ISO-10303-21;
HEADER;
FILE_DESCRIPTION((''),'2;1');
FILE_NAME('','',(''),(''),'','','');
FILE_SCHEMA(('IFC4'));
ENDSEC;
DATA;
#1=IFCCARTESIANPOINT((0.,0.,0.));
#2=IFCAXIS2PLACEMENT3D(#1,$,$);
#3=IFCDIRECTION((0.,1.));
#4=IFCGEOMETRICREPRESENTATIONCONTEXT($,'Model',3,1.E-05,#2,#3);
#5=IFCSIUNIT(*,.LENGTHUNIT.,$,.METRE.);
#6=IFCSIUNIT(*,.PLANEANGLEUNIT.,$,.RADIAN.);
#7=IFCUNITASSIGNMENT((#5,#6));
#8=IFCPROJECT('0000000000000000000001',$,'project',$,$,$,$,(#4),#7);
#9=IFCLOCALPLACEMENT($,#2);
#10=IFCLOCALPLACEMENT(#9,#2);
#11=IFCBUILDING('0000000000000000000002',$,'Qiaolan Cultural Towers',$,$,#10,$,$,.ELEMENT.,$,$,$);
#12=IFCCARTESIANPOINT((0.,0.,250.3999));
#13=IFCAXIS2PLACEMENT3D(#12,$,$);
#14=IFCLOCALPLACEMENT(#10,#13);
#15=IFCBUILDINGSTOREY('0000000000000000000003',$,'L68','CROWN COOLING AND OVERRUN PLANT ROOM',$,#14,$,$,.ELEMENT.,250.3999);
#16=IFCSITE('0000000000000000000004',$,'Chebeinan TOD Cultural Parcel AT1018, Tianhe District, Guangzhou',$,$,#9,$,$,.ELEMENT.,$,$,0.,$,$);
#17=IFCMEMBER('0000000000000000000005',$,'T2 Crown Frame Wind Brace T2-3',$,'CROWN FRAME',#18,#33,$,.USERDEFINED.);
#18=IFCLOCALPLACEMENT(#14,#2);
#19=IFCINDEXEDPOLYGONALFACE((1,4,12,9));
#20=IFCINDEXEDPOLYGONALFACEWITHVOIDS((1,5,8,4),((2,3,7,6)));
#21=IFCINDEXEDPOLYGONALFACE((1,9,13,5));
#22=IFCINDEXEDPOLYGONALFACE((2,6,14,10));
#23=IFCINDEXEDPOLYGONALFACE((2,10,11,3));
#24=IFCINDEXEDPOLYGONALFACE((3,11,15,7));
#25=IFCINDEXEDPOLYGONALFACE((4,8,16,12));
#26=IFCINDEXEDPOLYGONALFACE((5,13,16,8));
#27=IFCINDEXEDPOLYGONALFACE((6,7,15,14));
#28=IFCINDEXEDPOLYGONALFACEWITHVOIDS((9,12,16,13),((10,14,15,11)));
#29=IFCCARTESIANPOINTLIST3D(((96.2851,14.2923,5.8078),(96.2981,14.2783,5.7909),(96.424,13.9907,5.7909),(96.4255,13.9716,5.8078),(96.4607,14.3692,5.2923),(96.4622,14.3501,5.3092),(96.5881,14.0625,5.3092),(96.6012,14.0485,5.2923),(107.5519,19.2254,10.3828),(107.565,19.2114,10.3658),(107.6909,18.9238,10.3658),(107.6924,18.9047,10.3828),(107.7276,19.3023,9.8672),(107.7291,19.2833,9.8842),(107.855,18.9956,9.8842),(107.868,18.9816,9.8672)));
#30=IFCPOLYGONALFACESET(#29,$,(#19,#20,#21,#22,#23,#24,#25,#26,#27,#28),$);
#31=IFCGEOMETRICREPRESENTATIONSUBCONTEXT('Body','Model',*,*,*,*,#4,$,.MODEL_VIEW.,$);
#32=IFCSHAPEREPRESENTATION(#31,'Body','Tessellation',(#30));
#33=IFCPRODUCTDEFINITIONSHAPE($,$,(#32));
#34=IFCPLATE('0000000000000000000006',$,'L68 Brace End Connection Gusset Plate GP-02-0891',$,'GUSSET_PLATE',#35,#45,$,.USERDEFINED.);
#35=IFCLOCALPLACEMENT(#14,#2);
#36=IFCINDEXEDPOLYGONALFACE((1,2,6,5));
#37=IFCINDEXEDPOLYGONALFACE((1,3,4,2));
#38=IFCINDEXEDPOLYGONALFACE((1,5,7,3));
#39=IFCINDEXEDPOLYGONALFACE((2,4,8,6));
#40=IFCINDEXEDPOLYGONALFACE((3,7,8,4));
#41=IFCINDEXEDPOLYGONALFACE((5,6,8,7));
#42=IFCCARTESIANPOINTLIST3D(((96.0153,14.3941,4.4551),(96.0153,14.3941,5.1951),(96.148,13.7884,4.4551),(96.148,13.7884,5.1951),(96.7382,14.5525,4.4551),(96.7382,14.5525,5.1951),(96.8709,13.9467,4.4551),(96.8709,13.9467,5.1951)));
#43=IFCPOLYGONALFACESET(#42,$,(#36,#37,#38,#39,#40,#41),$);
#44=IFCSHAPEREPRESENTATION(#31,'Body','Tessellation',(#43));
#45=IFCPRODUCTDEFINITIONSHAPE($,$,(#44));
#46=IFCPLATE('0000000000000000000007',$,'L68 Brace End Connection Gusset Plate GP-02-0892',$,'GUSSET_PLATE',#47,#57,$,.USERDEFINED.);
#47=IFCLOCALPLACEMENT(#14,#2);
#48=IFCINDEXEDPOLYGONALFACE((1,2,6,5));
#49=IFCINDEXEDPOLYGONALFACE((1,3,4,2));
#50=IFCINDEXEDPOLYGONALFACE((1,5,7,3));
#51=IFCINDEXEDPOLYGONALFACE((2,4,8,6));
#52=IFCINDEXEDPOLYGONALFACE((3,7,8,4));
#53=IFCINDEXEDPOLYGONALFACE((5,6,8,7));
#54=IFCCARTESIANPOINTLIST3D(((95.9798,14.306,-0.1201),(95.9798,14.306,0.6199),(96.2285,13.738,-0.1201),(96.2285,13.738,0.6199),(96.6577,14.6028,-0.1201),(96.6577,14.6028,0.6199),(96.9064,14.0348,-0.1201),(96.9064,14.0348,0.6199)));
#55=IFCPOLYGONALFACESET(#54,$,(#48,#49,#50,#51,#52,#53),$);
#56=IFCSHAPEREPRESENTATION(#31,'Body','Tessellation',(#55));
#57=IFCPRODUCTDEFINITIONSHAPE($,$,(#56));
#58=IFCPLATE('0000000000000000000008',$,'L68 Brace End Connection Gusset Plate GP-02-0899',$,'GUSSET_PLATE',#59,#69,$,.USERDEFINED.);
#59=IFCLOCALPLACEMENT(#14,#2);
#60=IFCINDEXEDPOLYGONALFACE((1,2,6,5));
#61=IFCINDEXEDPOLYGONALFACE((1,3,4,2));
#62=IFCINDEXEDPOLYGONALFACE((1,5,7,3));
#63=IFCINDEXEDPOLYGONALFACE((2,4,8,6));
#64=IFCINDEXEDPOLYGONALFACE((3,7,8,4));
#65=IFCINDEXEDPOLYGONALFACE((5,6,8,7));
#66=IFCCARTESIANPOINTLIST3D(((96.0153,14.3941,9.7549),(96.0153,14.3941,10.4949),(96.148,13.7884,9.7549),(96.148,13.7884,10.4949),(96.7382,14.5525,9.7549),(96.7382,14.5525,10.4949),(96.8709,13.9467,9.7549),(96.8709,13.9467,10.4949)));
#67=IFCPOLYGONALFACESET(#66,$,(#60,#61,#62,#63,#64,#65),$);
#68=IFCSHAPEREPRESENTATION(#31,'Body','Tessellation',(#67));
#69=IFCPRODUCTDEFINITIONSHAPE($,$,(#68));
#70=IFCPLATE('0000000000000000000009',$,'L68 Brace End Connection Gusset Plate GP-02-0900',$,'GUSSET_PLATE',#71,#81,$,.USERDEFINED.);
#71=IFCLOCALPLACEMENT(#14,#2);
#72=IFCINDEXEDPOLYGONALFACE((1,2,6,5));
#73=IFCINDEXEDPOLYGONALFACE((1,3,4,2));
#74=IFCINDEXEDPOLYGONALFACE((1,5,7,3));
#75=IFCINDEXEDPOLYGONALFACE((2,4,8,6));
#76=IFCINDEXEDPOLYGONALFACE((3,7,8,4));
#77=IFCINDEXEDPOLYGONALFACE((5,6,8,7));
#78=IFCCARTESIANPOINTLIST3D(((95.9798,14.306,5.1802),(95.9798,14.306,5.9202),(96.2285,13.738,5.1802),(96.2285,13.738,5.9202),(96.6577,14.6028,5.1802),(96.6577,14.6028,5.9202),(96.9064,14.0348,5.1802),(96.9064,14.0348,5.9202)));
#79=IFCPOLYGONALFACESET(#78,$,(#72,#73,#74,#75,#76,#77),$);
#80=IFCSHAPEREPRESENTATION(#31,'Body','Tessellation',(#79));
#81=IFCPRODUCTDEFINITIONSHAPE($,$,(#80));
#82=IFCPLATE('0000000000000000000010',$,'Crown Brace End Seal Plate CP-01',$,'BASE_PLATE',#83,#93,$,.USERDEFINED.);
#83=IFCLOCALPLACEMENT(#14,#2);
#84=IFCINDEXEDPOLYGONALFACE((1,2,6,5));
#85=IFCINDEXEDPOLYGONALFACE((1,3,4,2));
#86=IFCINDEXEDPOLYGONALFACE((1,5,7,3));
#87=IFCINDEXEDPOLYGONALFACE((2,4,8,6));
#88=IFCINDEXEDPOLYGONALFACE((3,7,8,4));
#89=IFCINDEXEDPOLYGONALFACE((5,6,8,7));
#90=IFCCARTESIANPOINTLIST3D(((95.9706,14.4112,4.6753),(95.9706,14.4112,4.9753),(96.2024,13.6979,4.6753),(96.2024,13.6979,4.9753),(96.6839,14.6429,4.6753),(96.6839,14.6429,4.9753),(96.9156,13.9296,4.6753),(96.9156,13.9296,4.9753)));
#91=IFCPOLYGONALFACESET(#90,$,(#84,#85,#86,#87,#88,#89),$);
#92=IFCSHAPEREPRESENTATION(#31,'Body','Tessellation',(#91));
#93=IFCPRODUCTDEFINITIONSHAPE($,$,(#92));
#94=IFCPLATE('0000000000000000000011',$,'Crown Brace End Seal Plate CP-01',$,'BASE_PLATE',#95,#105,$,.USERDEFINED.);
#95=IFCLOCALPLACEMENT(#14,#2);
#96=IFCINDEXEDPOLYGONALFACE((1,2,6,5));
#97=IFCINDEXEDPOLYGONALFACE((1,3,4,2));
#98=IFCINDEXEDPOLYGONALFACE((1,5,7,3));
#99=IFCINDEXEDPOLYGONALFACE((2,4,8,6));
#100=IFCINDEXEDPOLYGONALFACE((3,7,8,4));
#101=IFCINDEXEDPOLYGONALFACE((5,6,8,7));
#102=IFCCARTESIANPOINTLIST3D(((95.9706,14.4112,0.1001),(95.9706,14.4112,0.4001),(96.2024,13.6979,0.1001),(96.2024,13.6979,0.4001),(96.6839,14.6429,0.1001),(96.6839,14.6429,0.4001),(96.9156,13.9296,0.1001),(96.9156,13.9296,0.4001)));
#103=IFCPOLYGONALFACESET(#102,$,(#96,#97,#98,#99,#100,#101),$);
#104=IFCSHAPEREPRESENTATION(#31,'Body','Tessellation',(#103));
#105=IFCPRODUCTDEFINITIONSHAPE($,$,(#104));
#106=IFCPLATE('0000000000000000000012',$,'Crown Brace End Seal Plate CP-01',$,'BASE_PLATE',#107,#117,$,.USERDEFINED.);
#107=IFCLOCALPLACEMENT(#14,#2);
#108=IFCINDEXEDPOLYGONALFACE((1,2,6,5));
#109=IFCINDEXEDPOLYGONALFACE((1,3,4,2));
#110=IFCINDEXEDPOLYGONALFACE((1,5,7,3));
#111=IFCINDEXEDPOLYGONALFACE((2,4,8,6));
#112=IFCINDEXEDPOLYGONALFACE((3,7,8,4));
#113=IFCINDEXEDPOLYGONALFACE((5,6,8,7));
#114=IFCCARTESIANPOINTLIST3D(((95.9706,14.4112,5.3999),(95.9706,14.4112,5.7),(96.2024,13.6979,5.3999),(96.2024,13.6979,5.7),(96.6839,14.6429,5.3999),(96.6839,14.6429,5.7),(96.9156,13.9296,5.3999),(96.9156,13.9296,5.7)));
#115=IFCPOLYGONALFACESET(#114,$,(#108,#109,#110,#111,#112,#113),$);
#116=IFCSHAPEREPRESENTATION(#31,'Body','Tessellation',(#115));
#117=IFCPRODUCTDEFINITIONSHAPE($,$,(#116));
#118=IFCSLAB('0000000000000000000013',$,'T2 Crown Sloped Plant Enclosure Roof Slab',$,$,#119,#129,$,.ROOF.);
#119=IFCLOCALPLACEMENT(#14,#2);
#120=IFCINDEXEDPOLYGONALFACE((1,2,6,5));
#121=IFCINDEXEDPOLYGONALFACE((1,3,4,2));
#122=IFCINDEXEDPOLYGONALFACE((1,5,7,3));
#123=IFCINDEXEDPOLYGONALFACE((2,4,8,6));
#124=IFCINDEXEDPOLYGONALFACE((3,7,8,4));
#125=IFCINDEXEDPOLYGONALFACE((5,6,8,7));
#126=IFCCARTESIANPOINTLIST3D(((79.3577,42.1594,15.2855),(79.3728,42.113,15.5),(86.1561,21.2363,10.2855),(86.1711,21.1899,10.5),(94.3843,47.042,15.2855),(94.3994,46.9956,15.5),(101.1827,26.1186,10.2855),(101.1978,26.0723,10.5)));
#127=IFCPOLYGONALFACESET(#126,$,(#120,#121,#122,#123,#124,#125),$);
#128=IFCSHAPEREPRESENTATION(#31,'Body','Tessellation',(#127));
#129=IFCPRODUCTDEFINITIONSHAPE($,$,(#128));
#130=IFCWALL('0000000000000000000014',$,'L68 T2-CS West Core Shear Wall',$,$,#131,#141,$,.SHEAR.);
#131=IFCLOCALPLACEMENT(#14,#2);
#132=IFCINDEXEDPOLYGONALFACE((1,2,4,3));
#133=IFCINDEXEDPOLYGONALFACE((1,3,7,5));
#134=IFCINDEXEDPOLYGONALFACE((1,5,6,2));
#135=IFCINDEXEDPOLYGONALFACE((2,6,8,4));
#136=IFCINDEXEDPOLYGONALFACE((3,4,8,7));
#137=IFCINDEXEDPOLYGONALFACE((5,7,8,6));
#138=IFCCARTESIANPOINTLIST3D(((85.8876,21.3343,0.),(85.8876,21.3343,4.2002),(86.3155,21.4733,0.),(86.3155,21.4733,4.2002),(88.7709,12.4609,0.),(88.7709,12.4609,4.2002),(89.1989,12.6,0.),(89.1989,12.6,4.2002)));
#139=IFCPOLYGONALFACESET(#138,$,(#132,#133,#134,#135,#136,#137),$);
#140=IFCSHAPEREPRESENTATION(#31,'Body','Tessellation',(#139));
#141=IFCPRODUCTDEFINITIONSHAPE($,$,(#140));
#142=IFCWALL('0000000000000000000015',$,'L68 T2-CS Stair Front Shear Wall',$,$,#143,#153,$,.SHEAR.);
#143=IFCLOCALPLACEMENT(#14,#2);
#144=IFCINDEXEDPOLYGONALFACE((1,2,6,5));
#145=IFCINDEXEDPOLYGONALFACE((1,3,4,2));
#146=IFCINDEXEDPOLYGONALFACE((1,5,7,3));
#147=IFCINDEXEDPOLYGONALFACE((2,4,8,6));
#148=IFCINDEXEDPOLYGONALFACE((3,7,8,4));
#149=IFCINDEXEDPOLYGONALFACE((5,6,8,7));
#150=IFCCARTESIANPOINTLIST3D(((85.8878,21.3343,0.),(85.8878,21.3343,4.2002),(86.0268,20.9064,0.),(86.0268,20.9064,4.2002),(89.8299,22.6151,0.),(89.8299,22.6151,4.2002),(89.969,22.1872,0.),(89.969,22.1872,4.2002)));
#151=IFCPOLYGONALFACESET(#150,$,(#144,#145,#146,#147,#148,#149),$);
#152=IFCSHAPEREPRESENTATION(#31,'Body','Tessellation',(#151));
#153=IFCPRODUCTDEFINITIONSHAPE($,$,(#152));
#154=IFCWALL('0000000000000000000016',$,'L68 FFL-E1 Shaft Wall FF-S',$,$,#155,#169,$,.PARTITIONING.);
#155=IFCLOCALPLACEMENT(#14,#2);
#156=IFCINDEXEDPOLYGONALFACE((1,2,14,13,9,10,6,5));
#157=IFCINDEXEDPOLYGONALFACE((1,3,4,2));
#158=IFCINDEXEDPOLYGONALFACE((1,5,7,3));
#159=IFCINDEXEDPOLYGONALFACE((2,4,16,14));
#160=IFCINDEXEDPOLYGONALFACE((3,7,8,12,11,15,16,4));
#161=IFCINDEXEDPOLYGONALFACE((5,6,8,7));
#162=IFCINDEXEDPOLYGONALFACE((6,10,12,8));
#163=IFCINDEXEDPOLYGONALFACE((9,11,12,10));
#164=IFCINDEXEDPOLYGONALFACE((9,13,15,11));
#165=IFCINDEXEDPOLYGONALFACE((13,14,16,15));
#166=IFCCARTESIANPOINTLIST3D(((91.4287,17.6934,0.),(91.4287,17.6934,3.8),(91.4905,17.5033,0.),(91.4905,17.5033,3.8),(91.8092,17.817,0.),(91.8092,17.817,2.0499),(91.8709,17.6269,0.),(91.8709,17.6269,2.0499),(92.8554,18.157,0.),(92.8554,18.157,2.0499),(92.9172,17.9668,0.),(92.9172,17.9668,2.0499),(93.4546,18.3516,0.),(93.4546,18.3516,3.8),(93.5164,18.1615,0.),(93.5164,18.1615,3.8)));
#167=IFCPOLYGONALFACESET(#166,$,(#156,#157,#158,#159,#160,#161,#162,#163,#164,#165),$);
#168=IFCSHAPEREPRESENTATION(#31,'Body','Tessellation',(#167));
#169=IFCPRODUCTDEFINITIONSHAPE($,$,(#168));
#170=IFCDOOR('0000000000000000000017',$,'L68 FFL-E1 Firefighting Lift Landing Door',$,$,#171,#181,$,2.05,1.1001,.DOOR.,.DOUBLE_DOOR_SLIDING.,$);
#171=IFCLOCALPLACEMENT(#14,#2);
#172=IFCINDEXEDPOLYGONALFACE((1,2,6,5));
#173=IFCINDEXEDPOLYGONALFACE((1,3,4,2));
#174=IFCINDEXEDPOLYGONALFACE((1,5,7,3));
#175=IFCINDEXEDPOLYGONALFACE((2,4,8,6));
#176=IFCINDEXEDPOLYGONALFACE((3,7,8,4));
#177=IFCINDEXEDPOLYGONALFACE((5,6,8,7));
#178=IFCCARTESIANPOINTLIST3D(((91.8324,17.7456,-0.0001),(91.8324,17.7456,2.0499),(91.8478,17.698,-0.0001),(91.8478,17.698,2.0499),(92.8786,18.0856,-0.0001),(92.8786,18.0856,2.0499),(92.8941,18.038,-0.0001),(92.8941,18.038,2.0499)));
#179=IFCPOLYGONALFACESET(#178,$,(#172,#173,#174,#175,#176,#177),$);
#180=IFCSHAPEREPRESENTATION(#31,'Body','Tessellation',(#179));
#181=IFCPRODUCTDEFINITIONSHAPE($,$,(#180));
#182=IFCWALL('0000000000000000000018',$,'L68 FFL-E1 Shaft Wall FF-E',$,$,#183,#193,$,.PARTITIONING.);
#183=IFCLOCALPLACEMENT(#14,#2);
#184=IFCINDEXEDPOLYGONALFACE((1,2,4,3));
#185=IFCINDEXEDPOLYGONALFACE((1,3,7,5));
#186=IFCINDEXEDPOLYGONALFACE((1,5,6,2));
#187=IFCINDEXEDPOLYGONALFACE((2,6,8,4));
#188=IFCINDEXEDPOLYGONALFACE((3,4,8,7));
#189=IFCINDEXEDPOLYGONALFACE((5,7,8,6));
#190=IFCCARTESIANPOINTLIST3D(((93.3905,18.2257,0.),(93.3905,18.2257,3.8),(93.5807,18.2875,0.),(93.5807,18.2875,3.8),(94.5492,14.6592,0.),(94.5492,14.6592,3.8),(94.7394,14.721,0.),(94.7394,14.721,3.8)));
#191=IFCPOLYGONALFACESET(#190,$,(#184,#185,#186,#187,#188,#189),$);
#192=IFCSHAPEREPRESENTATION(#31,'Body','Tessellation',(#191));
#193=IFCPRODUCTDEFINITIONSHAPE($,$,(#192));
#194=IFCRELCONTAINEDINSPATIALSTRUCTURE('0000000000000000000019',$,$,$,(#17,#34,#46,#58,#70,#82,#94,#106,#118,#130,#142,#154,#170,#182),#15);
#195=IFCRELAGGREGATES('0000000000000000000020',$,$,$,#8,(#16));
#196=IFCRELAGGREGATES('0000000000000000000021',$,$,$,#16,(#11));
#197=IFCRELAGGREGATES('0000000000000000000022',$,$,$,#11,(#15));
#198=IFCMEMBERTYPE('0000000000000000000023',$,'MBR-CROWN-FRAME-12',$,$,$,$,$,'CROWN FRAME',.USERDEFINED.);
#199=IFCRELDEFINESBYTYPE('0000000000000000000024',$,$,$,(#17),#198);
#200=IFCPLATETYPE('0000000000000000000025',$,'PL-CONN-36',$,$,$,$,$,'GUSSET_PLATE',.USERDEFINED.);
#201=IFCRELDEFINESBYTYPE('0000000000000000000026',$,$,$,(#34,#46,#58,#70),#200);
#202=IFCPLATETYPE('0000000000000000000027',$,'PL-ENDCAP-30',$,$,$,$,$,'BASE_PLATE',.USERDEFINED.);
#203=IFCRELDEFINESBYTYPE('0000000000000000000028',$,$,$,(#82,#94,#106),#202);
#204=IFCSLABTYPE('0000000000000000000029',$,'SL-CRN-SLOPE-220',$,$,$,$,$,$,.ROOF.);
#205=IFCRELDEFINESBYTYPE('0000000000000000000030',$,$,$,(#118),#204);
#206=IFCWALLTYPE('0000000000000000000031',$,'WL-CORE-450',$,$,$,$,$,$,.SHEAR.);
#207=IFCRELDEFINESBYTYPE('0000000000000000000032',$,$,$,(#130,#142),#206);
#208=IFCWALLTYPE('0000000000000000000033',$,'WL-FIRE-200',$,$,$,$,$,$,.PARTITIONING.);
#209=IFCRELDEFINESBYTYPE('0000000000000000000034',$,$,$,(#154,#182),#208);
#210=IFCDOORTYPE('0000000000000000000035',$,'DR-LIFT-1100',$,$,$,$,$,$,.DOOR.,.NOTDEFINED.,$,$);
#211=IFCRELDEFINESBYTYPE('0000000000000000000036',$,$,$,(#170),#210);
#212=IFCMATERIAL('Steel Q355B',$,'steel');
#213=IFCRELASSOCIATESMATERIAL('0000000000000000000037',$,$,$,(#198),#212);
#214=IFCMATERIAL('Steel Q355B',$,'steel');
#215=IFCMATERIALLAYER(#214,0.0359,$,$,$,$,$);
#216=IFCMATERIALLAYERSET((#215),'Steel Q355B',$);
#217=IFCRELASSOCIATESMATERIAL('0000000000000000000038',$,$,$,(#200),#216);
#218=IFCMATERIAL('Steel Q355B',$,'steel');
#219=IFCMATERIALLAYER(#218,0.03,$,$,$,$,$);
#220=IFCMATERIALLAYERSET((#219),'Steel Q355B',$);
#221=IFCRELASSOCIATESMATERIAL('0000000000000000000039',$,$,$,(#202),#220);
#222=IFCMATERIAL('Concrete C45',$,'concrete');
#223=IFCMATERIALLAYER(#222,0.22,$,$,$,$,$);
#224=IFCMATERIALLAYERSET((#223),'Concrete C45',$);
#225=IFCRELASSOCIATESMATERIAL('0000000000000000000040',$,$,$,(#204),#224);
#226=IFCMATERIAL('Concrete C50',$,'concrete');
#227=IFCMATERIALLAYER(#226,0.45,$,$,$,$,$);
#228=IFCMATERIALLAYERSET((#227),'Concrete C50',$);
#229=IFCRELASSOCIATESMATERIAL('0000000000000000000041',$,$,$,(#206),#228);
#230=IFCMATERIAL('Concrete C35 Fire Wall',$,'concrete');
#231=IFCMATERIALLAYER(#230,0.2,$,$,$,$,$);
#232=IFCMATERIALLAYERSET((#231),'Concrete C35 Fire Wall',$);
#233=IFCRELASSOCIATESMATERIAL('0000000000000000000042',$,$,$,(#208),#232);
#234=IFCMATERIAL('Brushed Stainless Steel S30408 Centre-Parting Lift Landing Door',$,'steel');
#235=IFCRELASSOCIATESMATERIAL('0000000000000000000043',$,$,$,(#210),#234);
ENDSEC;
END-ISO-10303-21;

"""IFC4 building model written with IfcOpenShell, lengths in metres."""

from ifc_helpers import new_model, si_unit, direction, frame, frame_2d, origin, origin_2d, place, context, subcontext, project, spatial, polyline, rectangle, hollow_rectangle, outline, extrude, material, layer, layer_set, material_profile, profile_set, type_object, element, fill, save


model = new_model("IFC4")

# Units and contexts
model_context = context("Model", 3, precision=1e-05, world=origin(), true_north=direction((0.0, 1.0)))
body_context = subcontext(model_context, "Body", "Model", "MODEL_VIEW")
ifc_project = project(units=[si_unit("LENGTHUNIT", "METRE"), si_unit("PLANEANGLEUNIT", "RADIAN")], contexts=[model_context])

# Site, building, storey
site_placement = place(None, origin())
site = spatial("IfcSite", under=ifc_project, at=site_placement, Name="Chebeinan TOD Cultural Parcel AT1018, Tianhe District, Guangzhou", CompositionType="ELEMENT", RefElevation=0.0)
building_placement = place(site_placement, origin())
building = spatial("IfcBuilding", under=site, at=building_placement, Name="Qiaolan Cultural Towers", CompositionType="ELEMENT")
storey_placement = place(building_placement, frame((0.0, 0.0, 250.3999)))
storey = spatial("IfcBuildingStorey", under=building, at=storey_placement, Name="L68", Description="CROWN COOLING AND OVERRUN PLANT ROOM", CompositionType="ELEMENT", Elevation=250.3999)

# Member
ifc_material_1 = material(Name="Steel Q355B", Category="steel")
ifc_material_profile_1 = material_profile(ifc_material_1, hollow_rectangle(XDim=0.3501, YDim=0.55, WallThickness=0.0181, at=origin_2d()), Name="BOX550x350x18")
ifc_profile_set_1 = profile_set([ifc_material_profile_1], Name="Steel Q355B")
member_type = type_object("IfcMemberType", Name="MBR-CROWN-FRAME-12", ElementType="CROWN FRAME", PredefinedType="USERDEFINED", material=ifc_profile_set_1)
for number, where, z_axis, x_axis, name in (
    (1, (96.4431, 14.1704, 5.55), (0.858571, 0.375919, 0.348627), (-0.401082, 0.916042, 0.0), "T2 Crown Frame Wind Brace T2-3"),
):
    element("IfcMember", number, at=place(storey_placement, frame(where, z_axis=z_axis, x_axis=x_axis)), inside=storey, type_object=member_type, Name=name, ObjectType="CROWN FRAME", PredefinedType="USERDEFINED", context=body_context, shape_type="SweptSolid", body=[
        extrude(hollow_rectangle(XDim=0.3501, YDim=0.55, WallThickness=0.0181, at=origin_2d()), origin(), (0.0, 0.0, 1.0), 13.1228),
    ])

# Plates
ifc_material_2 = material(Name="Steel Q355B", Category="steel")
ifc_layer_1 = layer(ifc_material_2, 0.0359)
ifc_layer_set_1 = layer_set([ifc_layer_1], Name="Steel Q355B")
plate_type_1 = type_object("IfcPlateType", Name="PL-CONN-36", ElementType="GUSSET_PLATE", PredefinedType="USERDEFINED", material=ifc_layer_set_1)
for number, where, z_axis, x_axis, name in (
    (2, (96.4431, 14.1704, 4.4551), (0.0, 0.0, 1.0), (0.976843, 0.213956, 0.0), "L68 Brace End Connection Gusset Plate GP-02-0891"),
    (3, (96.4431, 14.1704, -0.1201), (0.0, 0.0, 1.0), (0.916043, 0.40108, 0.0), "L68 Brace End Connection Gusset Plate GP-02-0892"),
    (4, (96.4431, 14.1704, 9.7549), (0.0, 0.0, 1.0), (0.976843, 0.213956, 0.0), "L68 Brace End Connection Gusset Plate GP-02-0899"),
    (5, (96.4431, 14.1704, 5.1802), (0.0, 0.0, 1.0), (0.916043, 0.40108, 0.0), "L68 Brace End Connection Gusset Plate GP-02-0900"),
):
    element("IfcPlate", number, at=place(storey_placement, frame(where, z_axis=z_axis, x_axis=x_axis)), inside=storey, type_object=plate_type_1, Name=name, ObjectType="GUSSET_PLATE", PredefinedType="USERDEFINED", context=body_context, shape_type="SweptSolid", body=[
        extrude(rectangle(XDim=0.74, YDim=0.6201, at=origin_2d()), origin(), (0.0, 0.0, 1.0), 0.74),
    ])
ifc_material_3 = material(Name="Steel Q355B", Category="steel")
ifc_layer_2 = layer(ifc_material_3, 0.03)
ifc_layer_set_2 = layer_set([ifc_layer_2], Name="Steel Q355B")
plate_type_2 = type_object("IfcPlateType", Name="PL-ENDCAP-30", ElementType="BASE_PLATE", PredefinedType="USERDEFINED", material=ifc_layer_set_2)
for number, where, z_axis, x_axis, name in (
    (6, (96.4431, 14.1704, 4.6753), (0.0, 0.0, 1.0), (0.951057, 0.309017, 0.0), "Crown Brace End Seal Plate CP-01"),
    (7, (96.4431, 14.1704, 0.1001), (0.0, 0.0, 1.0), (0.951057, 0.309017, 0.0), "Crown Brace End Seal Plate CP-01"),
    (8, (96.4431, 14.1704, 5.3999), (0.0, 0.0, 1.0), (0.951057, 0.309017, 0.0), "Crown Brace End Seal Plate CP-01"),
):
    element("IfcPlate", number, at=place(storey_placement, frame(where, z_axis=z_axis, x_axis=x_axis)), inside=storey, type_object=plate_type_2, Name=name, ObjectType="BASE_PLATE", PredefinedType="USERDEFINED", context=body_context, shape_type="SweptSolid", body=[
        extrude(rectangle(XDim=0.75, YDim=0.75, at=origin_2d()), origin(), (0.0, 0.0, 1.0), 0.3),
    ])

# Slab
ifc_material_4 = material(Name="Concrete C45", Category="concrete")
ifc_layer_3 = layer(ifc_material_4, 0.22)
ifc_layer_set_3 = layer_set([ifc_layer_3], Name="Concrete C45")
slab_type = type_object("IfcSlabType", Name="SL-CRN-SLOPE-220", PredefinedType="ROOF", material=ifc_layer_set_3)
slab_placement = place(storey_placement, frame((86.1711, 21.1899, 10.5), z_axis=(0.068485, -0.210774, 0.975133), x_axis=(0.951059, 0.309011, -0.000002)))
element("IfcSlab", 9, at=slab_placement, inside=storey, type_object=slab_type, Name="T2 Crown Sloped Plant Enclosure Roof Slab", PredefinedType="ROOF", context=body_context, shape_type="SweptSolid", body=[
    extrude(outline(polyline([(0.0, 0.0), (15.7999, 0.0), (15.7998, 22.5611), (-0.0002, 22.5609), (0.0, 0.0)])), origin(), (0.0, 0.0, -1.0), 0.22),
])

# Walls
ifc_material_5 = material(Name="Concrete C50", Category="concrete")
ifc_layer_4 = layer(ifc_material_5, 0.45)
ifc_layer_set_4 = layer_set([ifc_layer_4], Name="Concrete C50")
wall_type_1 = type_object("IfcWallType", Name="WL-CORE-450", PredefinedType="SHEAR", material=ifc_layer_set_4)
wall_1_placement = place(storey_placement, frame((86.1016, 21.4038, 0.0), z_axis=(0.0, 0.0, 1.0), x_axis=(0.309036, -0.95105, 0.0)))
element("IfcWall", 10, at=wall_1_placement, inside=storey, type_object=wall_type_1, Name="L68 T2-CS West Core Shear Wall", PredefinedType="SHEAR", context=body_context, shape_type="SweptSolid", body=[
    extrude(rectangle(XDim=9.3301, YDim=0.45, at=frame_2d((4.665, 0.0))), origin(), (0.0, 0.0, 1.0), 4.2002),
])
wall_2_placement = place(storey_placement, frame((85.9573, 21.1204, 0.0), z_axis=(0.0, 0.0, 1.0), x_axis=(0.951065, 0.308992, 0.0)))
element("IfcWall", 11, at=wall_2_placement, inside=storey, type_object=wall_type_1, Name="L68 T2-CS Stair Front Shear Wall", PredefinedType="SHEAR", context=body_context, shape_type="SweptSolid", body=[
    extrude(rectangle(XDim=4.145, YDim=0.45, at=frame_2d((2.0725, 0.0))), origin(), (0.0, 0.0, 1.0), 4.2002),
])

# Wall, opening, door
ifc_material_6 = material(Name="Concrete C35 Fire Wall", Category="concrete")
ifc_layer_5 = layer(ifc_material_6, 0.2)
ifc_layer_set_5 = layer_set([ifc_layer_5], Name="Concrete C35 Fire Wall")
wall_type_2 = type_object("IfcWallType", Name="WL-FIRE-200", PredefinedType="PARTITIONING", material=ifc_layer_set_5)
wall_3_placement = place(storey_placement, frame((91.4597, 17.5984, 0.0), z_axis=(0.0, 0.0, 1.0), x_axis=(0.951063, 0.308998, 0.0)))
wall_3 = element("IfcWall", 12, at=wall_3_placement, inside=storey, type_object=wall_type_2, Name="L68 FFL-E1 Shaft Wall FF-S", PredefinedType="PARTITIONING", context=body_context, shape_type="SweptSolid", body=[
    extrude(rectangle(XDim=2.1301, YDim=0.2, at=frame_2d((1.0649, 0.0))), origin(), (0.0, 0.0, 1.0), 3.8),
])
opening_1_placement = place(wall_3_placement, frame((0.3999, 0.0, 0.0)))
opening_1 = element("IfcOpeningElement", 13, at=opening_1_placement, cuts=wall_3, PredefinedType="OPENING", context=body_context, shape_type="SweptSolid", body=[
    extrude(rectangle(XDim=1.1001, YDim=2.05, at=frame_2d((0.55, 1.0249))), frame((0.0, 0.1099, 0.0), z_axis=(0.0, -1.0, 0.0), x_axis=(1.0, 0.0, 0.0)), (0.0, 0.0, 1.0), 0.22),
])
ifc_material_7 = material(Name="Brushed Stainless Steel S30408 Centre-Parting Lift Landing Door", Category="steel")
door_type_1 = type_object("IfcDoorType", Name="DR-LIFT-1100", OperationType="NOTDEFINED", PredefinedType="DOOR", material=ifc_material_7)
door_1_placement = place(opening_1_placement, origin())
door_1 = element("IfcDoor", 14, at=door_1_placement, inside=storey, type_object=door_type_1, Name="L68 FFL-E1 Firefighting Lift Landing Door", OperationType="DOUBLE_DOOR_SLIDING", OverallHeight=2.05, OverallWidth=1.1001, PredefinedType="DOOR", context=body_context, shape_type="SweptSolid", body=[
    extrude(rectangle(XDim=1.1001, YDim=2.05, at=frame_2d((0.55, 1.0249))), frame((0.0, 0.0249, 0.0), z_axis=(0.0, -1.0, 0.0), x_axis=(1.0, 0.0, 0.0)), (0.0, 0.0, 1.0), 0.05),
])
fill(opening_1, door_1)

# Wall
wall_4_placement = place(storey_placement, frame((93.4856, 18.2566, 0.0), z_axis=(0.0, 0.0, 1.0), x_axis=(0.308992, -0.951065, 0.0)))
element("IfcWall", 15, at=wall_4_placement, inside=storey, type_object=wall_type_2, Name="L68 FFL-E1 Shaft Wall FF-E", PredefinedType="PARTITIONING", context=body_context, shape_type="SweptSolid", body=[
    extrude(rectangle(XDim=3.75, YDim=0.2, at=frame_2d((1.875, 0.0))), origin(), (0.0, 0.0, 1.0), 3.8),
])

save(model, "model.ifc")
